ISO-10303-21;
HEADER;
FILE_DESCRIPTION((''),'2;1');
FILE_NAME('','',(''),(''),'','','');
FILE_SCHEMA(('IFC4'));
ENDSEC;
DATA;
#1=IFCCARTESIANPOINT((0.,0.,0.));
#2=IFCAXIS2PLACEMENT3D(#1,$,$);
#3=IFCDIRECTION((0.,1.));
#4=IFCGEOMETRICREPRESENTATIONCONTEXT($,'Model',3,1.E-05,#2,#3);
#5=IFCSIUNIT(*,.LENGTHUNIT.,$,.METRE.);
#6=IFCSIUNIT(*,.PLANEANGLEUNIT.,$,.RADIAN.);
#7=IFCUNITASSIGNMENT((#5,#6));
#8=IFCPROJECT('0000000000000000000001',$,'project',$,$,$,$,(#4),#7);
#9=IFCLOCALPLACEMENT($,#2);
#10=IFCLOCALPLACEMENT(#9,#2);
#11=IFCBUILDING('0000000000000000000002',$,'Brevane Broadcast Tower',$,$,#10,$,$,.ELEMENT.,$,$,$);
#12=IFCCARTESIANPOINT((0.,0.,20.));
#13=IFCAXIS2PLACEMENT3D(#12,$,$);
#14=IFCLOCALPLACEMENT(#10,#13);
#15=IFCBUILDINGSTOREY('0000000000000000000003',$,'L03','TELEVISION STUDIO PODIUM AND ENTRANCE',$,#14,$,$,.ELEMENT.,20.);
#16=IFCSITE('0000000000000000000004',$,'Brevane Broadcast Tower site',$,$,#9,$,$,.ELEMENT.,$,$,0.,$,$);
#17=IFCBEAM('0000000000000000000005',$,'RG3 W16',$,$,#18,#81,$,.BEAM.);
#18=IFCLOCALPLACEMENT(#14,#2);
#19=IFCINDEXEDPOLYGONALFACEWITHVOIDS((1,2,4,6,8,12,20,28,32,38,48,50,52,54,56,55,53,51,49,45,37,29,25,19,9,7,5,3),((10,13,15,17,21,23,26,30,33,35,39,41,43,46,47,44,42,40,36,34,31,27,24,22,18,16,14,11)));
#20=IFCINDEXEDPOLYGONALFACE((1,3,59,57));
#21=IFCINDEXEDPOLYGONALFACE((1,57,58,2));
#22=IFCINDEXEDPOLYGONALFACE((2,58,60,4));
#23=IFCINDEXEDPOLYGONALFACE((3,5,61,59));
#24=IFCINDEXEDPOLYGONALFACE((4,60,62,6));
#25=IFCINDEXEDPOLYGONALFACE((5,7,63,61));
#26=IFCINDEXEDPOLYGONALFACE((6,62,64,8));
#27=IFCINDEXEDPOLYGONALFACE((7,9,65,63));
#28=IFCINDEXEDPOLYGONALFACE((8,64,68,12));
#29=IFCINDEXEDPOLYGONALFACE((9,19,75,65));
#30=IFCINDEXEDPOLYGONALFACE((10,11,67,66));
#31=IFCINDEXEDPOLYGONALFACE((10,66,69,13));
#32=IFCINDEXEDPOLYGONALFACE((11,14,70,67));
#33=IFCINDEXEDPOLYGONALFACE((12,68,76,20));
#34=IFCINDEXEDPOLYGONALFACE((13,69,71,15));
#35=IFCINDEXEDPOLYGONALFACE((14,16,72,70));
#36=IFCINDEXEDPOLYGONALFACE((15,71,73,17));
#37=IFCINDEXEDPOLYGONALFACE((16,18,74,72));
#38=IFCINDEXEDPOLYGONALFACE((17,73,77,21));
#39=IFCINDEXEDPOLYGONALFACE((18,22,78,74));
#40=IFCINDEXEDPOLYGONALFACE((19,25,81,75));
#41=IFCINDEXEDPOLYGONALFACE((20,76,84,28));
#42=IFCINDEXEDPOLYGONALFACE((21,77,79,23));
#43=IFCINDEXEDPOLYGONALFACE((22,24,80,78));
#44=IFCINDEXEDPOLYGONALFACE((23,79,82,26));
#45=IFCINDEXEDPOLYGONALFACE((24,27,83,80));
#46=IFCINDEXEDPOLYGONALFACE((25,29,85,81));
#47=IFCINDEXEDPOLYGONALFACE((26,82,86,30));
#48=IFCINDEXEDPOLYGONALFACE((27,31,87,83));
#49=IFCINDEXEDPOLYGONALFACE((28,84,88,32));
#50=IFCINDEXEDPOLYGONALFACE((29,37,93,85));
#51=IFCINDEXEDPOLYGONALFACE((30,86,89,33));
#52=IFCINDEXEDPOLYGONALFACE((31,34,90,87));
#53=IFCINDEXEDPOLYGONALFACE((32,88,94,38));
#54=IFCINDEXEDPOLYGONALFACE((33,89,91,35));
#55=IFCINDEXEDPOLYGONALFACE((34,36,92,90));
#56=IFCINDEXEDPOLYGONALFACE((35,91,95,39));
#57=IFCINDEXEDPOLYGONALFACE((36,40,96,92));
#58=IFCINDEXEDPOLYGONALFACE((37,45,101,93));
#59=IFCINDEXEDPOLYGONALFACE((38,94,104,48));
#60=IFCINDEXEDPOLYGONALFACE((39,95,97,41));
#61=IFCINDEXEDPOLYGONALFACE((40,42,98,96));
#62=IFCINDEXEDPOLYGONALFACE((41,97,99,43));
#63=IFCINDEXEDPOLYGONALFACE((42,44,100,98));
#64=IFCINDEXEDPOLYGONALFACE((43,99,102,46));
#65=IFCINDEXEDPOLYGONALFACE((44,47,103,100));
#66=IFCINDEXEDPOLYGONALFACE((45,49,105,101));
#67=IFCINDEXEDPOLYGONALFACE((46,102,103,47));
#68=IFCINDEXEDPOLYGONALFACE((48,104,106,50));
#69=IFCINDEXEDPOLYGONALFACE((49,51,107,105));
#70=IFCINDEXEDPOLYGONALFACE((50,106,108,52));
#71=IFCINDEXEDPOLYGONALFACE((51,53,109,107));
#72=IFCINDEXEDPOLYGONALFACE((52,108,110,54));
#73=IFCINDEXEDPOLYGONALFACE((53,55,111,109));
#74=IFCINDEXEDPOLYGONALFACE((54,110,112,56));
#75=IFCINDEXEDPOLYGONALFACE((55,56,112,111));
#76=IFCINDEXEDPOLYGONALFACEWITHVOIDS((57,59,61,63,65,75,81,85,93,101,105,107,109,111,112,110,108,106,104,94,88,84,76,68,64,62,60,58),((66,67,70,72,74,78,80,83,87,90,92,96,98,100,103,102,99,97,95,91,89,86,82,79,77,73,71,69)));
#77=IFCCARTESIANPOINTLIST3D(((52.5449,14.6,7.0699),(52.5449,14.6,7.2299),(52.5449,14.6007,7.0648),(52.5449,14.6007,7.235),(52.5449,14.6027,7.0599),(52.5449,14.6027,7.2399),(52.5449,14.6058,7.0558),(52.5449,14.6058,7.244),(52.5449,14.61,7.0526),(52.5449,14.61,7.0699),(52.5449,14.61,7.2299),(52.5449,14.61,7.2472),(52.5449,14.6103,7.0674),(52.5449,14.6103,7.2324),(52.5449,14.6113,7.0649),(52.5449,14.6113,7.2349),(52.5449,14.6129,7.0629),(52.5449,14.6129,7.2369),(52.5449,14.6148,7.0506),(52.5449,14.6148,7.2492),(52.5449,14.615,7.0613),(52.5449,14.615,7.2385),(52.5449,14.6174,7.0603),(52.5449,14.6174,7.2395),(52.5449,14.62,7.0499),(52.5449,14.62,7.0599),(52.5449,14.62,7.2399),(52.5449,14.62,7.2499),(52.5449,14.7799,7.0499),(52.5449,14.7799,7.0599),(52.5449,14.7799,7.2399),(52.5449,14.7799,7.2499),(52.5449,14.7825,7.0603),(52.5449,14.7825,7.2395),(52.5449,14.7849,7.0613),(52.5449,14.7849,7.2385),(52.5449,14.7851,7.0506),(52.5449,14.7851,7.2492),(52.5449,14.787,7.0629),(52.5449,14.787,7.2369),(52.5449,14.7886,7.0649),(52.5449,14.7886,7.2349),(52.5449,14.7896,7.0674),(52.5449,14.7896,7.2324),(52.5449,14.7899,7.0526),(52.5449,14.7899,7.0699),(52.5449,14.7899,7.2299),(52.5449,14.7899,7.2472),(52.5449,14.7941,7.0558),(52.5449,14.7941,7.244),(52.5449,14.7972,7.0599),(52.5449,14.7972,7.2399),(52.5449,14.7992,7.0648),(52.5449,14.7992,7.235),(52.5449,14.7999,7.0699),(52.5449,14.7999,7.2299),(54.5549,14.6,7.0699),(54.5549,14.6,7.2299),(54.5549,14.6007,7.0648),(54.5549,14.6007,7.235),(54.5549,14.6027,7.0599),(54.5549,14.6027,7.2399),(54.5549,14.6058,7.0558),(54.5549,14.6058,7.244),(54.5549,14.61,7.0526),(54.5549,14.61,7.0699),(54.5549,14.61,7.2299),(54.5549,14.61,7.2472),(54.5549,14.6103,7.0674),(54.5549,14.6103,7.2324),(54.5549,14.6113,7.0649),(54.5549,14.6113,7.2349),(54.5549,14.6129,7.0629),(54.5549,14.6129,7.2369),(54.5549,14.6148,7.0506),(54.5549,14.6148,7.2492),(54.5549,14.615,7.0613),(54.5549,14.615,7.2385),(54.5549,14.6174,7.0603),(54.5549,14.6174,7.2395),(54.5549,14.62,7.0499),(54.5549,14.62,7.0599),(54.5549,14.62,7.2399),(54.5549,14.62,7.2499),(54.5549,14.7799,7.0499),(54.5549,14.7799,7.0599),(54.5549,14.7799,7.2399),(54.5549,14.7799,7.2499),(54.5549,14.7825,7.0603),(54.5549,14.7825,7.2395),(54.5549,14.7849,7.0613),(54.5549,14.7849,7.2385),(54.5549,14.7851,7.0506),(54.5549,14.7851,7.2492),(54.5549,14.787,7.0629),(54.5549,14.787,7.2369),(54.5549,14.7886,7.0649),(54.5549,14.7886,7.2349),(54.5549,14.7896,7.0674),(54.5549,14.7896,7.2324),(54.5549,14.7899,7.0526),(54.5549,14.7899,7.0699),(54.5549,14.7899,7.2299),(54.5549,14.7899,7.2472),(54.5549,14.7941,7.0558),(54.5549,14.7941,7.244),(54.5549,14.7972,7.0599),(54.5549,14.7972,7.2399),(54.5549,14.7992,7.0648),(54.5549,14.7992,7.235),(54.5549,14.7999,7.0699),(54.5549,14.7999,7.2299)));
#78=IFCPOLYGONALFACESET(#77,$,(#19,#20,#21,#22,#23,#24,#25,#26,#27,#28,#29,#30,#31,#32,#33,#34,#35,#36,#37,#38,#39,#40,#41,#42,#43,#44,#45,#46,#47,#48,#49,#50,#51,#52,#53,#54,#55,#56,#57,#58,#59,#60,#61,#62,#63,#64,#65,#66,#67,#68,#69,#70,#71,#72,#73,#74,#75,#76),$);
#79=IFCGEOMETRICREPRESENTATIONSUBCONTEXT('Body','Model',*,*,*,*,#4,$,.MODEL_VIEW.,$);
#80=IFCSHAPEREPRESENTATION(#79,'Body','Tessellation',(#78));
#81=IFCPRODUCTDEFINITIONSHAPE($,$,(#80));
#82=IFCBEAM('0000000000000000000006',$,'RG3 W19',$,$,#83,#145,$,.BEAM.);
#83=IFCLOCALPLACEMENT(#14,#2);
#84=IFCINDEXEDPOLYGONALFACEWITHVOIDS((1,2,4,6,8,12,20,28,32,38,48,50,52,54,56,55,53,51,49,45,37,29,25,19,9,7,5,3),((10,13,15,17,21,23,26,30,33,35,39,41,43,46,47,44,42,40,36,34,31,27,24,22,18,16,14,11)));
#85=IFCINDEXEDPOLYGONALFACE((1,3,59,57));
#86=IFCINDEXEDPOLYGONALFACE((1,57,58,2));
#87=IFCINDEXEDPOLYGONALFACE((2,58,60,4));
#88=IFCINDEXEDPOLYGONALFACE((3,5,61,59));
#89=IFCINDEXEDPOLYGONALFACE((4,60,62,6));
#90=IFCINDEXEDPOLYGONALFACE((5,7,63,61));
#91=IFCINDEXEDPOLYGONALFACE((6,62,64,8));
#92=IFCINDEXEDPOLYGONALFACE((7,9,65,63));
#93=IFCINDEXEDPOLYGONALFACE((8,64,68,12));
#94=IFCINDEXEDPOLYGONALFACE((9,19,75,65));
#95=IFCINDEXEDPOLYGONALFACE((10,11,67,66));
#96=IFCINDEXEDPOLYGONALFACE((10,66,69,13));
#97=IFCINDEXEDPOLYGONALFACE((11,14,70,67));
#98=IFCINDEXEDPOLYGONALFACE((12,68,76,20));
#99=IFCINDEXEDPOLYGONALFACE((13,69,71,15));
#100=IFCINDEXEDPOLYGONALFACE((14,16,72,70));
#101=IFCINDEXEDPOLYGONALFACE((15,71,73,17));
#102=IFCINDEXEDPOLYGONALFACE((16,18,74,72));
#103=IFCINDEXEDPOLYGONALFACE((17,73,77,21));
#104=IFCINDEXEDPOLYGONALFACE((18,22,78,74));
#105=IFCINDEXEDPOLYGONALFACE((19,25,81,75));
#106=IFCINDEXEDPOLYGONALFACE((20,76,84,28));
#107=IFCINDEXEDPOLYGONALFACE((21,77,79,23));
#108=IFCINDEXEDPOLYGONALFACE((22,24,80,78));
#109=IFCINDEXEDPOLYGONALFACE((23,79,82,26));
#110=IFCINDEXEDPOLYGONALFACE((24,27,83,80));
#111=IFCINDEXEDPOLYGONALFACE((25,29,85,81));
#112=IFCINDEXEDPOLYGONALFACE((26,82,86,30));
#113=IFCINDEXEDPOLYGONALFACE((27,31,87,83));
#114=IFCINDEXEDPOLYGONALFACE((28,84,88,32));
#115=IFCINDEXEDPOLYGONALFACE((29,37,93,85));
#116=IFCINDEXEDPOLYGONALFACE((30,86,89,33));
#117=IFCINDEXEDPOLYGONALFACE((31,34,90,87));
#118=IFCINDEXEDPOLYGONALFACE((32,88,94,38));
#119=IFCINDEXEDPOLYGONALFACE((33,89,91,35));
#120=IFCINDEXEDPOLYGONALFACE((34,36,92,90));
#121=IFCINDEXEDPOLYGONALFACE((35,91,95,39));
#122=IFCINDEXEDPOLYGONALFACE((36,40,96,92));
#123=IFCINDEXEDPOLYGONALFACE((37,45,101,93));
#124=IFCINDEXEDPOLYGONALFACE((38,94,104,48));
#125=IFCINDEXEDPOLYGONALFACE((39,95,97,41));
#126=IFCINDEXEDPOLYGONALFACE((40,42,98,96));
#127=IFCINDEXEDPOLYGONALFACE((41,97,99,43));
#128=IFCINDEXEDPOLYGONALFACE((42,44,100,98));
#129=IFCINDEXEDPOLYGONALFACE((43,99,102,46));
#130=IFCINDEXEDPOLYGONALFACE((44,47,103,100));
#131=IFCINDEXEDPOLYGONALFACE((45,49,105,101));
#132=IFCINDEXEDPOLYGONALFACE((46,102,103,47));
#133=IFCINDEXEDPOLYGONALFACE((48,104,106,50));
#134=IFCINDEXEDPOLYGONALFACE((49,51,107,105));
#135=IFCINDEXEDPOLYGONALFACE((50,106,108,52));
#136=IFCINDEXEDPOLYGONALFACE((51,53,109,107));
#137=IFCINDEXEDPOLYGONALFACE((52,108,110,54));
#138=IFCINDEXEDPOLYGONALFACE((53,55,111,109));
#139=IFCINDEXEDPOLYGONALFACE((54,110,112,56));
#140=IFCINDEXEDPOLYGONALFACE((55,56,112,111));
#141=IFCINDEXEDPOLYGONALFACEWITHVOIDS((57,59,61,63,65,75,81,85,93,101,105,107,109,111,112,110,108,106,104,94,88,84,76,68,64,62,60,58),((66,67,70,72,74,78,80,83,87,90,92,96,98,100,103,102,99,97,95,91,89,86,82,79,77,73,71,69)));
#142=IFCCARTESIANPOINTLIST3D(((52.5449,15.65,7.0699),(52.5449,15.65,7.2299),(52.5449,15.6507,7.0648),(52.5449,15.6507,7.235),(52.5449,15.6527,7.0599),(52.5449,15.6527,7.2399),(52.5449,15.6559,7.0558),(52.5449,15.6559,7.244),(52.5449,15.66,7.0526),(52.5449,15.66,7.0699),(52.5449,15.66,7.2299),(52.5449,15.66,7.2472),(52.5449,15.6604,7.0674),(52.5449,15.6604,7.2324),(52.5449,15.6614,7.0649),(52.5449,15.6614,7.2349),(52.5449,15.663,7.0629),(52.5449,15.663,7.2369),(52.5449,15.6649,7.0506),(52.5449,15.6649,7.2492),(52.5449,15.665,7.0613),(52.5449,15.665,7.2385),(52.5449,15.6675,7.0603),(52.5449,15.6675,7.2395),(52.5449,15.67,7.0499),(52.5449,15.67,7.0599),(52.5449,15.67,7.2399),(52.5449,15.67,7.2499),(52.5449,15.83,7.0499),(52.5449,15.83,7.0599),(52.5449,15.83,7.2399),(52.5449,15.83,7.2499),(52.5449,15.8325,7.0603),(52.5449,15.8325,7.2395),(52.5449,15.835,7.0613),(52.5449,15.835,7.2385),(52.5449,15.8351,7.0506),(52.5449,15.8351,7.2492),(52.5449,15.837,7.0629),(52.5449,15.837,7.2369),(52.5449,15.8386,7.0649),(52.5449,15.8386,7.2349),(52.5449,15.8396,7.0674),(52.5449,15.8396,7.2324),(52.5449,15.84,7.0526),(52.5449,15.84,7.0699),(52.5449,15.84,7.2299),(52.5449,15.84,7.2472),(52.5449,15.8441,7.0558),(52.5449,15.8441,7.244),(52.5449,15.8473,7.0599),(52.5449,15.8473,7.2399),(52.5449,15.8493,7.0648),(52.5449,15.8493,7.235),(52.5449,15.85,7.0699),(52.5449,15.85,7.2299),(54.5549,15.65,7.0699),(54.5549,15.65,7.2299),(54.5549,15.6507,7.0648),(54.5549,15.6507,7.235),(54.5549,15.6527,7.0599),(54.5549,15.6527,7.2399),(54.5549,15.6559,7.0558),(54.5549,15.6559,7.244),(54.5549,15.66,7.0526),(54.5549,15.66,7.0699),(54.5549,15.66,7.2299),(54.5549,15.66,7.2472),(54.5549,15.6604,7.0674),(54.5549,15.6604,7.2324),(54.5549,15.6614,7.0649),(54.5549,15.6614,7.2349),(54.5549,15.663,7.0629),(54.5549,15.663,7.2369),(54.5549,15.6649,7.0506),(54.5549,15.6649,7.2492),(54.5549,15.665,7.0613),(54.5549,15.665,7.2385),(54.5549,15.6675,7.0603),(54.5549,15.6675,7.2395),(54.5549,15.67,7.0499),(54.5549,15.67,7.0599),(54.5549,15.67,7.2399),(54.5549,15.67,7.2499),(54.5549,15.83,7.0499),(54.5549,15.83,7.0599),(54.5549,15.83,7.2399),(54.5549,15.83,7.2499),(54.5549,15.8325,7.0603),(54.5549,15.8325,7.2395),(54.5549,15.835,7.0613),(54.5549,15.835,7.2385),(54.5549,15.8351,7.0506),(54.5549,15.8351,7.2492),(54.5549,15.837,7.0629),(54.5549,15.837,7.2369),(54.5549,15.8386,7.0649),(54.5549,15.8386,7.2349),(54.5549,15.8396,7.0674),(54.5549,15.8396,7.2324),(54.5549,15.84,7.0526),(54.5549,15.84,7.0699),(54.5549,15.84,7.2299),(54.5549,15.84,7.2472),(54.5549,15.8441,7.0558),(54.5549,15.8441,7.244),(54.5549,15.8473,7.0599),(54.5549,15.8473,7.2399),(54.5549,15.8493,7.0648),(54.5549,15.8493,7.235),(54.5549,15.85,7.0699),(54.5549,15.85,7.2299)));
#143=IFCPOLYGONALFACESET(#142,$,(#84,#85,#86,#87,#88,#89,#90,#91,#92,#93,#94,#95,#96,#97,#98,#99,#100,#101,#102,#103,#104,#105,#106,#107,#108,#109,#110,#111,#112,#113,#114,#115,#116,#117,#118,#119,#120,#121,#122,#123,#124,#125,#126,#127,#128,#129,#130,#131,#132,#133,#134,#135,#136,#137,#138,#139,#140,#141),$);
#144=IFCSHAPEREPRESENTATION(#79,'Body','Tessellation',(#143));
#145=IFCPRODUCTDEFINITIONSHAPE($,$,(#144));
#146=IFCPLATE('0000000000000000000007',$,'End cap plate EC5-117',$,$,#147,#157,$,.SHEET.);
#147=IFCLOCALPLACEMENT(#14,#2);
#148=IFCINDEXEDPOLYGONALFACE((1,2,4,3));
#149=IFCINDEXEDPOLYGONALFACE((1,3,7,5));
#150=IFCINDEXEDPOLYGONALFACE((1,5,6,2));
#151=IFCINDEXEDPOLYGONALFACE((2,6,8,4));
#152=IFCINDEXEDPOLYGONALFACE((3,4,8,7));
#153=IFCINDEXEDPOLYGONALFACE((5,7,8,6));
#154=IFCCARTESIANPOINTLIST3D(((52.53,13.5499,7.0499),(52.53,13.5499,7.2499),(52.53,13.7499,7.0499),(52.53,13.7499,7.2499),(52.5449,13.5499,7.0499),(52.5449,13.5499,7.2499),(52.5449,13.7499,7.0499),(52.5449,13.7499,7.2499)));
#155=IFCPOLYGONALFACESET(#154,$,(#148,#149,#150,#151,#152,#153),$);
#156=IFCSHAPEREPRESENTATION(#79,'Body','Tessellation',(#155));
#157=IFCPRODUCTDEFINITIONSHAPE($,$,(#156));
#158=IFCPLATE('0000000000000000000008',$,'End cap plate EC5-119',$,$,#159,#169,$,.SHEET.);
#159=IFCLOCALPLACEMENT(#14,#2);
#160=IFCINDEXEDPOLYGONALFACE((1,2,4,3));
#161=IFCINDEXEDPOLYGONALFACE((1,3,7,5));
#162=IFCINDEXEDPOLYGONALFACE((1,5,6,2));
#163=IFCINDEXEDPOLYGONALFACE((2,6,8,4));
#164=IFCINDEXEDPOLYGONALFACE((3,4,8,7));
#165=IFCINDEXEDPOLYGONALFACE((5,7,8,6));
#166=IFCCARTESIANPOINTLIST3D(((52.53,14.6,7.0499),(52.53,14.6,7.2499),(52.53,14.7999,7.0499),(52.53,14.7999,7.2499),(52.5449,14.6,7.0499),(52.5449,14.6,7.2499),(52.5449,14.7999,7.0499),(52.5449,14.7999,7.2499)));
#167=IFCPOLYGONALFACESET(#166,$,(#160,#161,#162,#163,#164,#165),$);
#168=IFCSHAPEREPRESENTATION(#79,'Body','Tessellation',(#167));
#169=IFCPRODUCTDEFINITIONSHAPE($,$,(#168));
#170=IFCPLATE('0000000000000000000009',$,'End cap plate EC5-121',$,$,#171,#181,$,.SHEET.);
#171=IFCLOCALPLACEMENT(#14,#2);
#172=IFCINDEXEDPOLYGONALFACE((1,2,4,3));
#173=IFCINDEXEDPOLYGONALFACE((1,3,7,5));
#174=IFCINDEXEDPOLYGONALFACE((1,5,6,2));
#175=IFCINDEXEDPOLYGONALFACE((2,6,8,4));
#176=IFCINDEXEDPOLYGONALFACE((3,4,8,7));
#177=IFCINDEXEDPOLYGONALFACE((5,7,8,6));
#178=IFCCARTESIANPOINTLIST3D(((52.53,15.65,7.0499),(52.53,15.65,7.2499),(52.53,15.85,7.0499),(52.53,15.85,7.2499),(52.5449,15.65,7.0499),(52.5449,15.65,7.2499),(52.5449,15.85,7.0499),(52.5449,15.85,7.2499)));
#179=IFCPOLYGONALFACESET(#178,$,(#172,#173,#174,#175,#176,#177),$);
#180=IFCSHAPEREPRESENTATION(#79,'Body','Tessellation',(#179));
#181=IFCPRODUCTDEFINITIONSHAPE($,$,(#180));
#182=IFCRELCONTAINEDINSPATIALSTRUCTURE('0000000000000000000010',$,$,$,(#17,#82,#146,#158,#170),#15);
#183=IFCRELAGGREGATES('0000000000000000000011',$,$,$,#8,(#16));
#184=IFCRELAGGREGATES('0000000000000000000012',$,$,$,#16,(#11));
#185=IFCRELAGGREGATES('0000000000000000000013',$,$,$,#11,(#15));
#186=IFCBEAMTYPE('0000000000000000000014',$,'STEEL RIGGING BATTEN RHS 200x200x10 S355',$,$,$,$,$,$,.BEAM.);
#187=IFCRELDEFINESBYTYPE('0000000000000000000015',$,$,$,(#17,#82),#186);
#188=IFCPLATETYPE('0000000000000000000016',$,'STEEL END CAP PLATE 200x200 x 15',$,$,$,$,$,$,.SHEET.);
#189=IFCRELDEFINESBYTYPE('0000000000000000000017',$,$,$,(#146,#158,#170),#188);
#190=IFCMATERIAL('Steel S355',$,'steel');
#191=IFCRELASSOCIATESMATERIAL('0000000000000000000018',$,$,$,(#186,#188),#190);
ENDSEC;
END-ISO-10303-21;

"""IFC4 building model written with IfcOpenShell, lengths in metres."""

from ifc_helpers import new_model, si_unit, direction, frame, origin, origin_2d, place, context, subcontext, project, spatial, rectangle, hollow_rectangle, extrude, material, material_profile, profile_set, type_object, element, save


model = new_model("IFC4")

# Units and contexts
model_context = context("Model", 3, precision=1e-05, world=origin(), true_north=direction((0.0, 1.0)))
body_context = subcontext(model_context, "Body", "Model", "MODEL_VIEW")
ifc_project = project(units=[si_unit("LENGTHUNIT", "METRE"), si_unit("PLANEANGLEUNIT", "RADIAN")], contexts=[model_context])

# Site, building, storey
site_placement = place(None, origin())
site = spatial("IfcSite", under=ifc_project, at=site_placement, Name="Brevane Broadcast Tower site", CompositionType="ELEMENT", RefElevation=0.0)
building_placement = place(site_placement, origin())
building = spatial("IfcBuilding", under=site, at=building_placement, Name="Brevane Broadcast Tower", CompositionType="ELEMENT")
storey_placement = place(building_placement, frame((0.0, 0.0, 20.0)))
storey = spatial("IfcBuildingStorey", under=building, at=storey_placement, Name="L03", Description="TELEVISION STUDIO PODIUM AND ENTRANCE", CompositionType="ELEMENT", Elevation=20.0)

# Beams
ifc_material_1 = material(Name="Steel S355", Category="steel")
ifc_material_profile_1 = material_profile(ifc_material_1, hollow_rectangle(XDim=0.2, YDim=0.2, WallThickness=0.01, InnerFilletRadius=0.01, OuterFilletRadius=0.02, at=origin_2d()), Name="RHS 200x200x10")
ifc_profile_set_1 = profile_set([ifc_material_profile_1], Name="Steel S355")
beam_type = type_object("IfcBeamType", Name="STEEL RIGGING BATTEN RHS 200x200x10 S355", PredefinedType="BEAM", material=ifc_profile_set_1)
for number, where, z_axis, x_axis, name in (
    (1, (52.5449, 14.7, 7.1499), (1.0, 0.0, 0.0), (0.0, 1.0, 0.0), "RG3 W16"),
    (2, (52.5449, 15.75, 7.1499), (1.0, 0.0, 0.0), (0.0, 1.0, 0.0), "RG3 W19"),
):
    element("IfcBeam", number, at=place(storey_placement, frame(where, z_axis=z_axis, x_axis=x_axis)), inside=storey, type_object=beam_type, Name=name, PredefinedType="BEAM", context=body_context, shape_type="SweptSolid", body=[
        extrude(hollow_rectangle(XDim=0.2, YDim=0.2, WallThickness=0.01, InnerFilletRadius=0.01, OuterFilletRadius=0.02, at=origin_2d()), origin(), (0.0, 0.0, 1.0), 2.01),
    ])

# Plates
ifc_material_profile_2 = material_profile(ifc_material_1, rectangle(XDim=0.2, YDim=0.2, at=origin_2d()), Name="PL 200x200 x 15")
ifc_profile_set_2 = profile_set([ifc_material_profile_2], Name="Steel S355")
plate_type = type_object("IfcPlateType", Name="STEEL END CAP PLATE 200x200 x 15", PredefinedType="SHEET", material=ifc_profile_set_2)
for number, where, z_axis, x_axis, name in (
    (3, (52.53, 13.6499, 7.1499), (1.0, 0.0, 0.0), (0.0, 1.0, 0.0), "End cap plate EC5-117"),
    (4, (52.53, 14.7, 7.1499), (1.0, 0.0, 0.0), (0.0, 1.0, 0.0), "End cap plate EC5-119"),
    (5, (52.53, 15.75, 7.1499), (1.0, 0.0, 0.0), (0.0, 1.0, 0.0), "End cap plate EC5-121"),
):
    element("IfcPlate", number, at=place(storey_placement, frame(where, z_axis=z_axis, x_axis=x_axis)), inside=storey, type_object=plate_type, Name=name, PredefinedType="SHEET", context=body_context, shape_type="SweptSolid", body=[
        extrude(rectangle(XDim=0.2, YDim=0.2, at=origin_2d()), origin(), (0.0, 0.0, 1.0), 0.0149),
    ])

save(model, "model.ifc")
